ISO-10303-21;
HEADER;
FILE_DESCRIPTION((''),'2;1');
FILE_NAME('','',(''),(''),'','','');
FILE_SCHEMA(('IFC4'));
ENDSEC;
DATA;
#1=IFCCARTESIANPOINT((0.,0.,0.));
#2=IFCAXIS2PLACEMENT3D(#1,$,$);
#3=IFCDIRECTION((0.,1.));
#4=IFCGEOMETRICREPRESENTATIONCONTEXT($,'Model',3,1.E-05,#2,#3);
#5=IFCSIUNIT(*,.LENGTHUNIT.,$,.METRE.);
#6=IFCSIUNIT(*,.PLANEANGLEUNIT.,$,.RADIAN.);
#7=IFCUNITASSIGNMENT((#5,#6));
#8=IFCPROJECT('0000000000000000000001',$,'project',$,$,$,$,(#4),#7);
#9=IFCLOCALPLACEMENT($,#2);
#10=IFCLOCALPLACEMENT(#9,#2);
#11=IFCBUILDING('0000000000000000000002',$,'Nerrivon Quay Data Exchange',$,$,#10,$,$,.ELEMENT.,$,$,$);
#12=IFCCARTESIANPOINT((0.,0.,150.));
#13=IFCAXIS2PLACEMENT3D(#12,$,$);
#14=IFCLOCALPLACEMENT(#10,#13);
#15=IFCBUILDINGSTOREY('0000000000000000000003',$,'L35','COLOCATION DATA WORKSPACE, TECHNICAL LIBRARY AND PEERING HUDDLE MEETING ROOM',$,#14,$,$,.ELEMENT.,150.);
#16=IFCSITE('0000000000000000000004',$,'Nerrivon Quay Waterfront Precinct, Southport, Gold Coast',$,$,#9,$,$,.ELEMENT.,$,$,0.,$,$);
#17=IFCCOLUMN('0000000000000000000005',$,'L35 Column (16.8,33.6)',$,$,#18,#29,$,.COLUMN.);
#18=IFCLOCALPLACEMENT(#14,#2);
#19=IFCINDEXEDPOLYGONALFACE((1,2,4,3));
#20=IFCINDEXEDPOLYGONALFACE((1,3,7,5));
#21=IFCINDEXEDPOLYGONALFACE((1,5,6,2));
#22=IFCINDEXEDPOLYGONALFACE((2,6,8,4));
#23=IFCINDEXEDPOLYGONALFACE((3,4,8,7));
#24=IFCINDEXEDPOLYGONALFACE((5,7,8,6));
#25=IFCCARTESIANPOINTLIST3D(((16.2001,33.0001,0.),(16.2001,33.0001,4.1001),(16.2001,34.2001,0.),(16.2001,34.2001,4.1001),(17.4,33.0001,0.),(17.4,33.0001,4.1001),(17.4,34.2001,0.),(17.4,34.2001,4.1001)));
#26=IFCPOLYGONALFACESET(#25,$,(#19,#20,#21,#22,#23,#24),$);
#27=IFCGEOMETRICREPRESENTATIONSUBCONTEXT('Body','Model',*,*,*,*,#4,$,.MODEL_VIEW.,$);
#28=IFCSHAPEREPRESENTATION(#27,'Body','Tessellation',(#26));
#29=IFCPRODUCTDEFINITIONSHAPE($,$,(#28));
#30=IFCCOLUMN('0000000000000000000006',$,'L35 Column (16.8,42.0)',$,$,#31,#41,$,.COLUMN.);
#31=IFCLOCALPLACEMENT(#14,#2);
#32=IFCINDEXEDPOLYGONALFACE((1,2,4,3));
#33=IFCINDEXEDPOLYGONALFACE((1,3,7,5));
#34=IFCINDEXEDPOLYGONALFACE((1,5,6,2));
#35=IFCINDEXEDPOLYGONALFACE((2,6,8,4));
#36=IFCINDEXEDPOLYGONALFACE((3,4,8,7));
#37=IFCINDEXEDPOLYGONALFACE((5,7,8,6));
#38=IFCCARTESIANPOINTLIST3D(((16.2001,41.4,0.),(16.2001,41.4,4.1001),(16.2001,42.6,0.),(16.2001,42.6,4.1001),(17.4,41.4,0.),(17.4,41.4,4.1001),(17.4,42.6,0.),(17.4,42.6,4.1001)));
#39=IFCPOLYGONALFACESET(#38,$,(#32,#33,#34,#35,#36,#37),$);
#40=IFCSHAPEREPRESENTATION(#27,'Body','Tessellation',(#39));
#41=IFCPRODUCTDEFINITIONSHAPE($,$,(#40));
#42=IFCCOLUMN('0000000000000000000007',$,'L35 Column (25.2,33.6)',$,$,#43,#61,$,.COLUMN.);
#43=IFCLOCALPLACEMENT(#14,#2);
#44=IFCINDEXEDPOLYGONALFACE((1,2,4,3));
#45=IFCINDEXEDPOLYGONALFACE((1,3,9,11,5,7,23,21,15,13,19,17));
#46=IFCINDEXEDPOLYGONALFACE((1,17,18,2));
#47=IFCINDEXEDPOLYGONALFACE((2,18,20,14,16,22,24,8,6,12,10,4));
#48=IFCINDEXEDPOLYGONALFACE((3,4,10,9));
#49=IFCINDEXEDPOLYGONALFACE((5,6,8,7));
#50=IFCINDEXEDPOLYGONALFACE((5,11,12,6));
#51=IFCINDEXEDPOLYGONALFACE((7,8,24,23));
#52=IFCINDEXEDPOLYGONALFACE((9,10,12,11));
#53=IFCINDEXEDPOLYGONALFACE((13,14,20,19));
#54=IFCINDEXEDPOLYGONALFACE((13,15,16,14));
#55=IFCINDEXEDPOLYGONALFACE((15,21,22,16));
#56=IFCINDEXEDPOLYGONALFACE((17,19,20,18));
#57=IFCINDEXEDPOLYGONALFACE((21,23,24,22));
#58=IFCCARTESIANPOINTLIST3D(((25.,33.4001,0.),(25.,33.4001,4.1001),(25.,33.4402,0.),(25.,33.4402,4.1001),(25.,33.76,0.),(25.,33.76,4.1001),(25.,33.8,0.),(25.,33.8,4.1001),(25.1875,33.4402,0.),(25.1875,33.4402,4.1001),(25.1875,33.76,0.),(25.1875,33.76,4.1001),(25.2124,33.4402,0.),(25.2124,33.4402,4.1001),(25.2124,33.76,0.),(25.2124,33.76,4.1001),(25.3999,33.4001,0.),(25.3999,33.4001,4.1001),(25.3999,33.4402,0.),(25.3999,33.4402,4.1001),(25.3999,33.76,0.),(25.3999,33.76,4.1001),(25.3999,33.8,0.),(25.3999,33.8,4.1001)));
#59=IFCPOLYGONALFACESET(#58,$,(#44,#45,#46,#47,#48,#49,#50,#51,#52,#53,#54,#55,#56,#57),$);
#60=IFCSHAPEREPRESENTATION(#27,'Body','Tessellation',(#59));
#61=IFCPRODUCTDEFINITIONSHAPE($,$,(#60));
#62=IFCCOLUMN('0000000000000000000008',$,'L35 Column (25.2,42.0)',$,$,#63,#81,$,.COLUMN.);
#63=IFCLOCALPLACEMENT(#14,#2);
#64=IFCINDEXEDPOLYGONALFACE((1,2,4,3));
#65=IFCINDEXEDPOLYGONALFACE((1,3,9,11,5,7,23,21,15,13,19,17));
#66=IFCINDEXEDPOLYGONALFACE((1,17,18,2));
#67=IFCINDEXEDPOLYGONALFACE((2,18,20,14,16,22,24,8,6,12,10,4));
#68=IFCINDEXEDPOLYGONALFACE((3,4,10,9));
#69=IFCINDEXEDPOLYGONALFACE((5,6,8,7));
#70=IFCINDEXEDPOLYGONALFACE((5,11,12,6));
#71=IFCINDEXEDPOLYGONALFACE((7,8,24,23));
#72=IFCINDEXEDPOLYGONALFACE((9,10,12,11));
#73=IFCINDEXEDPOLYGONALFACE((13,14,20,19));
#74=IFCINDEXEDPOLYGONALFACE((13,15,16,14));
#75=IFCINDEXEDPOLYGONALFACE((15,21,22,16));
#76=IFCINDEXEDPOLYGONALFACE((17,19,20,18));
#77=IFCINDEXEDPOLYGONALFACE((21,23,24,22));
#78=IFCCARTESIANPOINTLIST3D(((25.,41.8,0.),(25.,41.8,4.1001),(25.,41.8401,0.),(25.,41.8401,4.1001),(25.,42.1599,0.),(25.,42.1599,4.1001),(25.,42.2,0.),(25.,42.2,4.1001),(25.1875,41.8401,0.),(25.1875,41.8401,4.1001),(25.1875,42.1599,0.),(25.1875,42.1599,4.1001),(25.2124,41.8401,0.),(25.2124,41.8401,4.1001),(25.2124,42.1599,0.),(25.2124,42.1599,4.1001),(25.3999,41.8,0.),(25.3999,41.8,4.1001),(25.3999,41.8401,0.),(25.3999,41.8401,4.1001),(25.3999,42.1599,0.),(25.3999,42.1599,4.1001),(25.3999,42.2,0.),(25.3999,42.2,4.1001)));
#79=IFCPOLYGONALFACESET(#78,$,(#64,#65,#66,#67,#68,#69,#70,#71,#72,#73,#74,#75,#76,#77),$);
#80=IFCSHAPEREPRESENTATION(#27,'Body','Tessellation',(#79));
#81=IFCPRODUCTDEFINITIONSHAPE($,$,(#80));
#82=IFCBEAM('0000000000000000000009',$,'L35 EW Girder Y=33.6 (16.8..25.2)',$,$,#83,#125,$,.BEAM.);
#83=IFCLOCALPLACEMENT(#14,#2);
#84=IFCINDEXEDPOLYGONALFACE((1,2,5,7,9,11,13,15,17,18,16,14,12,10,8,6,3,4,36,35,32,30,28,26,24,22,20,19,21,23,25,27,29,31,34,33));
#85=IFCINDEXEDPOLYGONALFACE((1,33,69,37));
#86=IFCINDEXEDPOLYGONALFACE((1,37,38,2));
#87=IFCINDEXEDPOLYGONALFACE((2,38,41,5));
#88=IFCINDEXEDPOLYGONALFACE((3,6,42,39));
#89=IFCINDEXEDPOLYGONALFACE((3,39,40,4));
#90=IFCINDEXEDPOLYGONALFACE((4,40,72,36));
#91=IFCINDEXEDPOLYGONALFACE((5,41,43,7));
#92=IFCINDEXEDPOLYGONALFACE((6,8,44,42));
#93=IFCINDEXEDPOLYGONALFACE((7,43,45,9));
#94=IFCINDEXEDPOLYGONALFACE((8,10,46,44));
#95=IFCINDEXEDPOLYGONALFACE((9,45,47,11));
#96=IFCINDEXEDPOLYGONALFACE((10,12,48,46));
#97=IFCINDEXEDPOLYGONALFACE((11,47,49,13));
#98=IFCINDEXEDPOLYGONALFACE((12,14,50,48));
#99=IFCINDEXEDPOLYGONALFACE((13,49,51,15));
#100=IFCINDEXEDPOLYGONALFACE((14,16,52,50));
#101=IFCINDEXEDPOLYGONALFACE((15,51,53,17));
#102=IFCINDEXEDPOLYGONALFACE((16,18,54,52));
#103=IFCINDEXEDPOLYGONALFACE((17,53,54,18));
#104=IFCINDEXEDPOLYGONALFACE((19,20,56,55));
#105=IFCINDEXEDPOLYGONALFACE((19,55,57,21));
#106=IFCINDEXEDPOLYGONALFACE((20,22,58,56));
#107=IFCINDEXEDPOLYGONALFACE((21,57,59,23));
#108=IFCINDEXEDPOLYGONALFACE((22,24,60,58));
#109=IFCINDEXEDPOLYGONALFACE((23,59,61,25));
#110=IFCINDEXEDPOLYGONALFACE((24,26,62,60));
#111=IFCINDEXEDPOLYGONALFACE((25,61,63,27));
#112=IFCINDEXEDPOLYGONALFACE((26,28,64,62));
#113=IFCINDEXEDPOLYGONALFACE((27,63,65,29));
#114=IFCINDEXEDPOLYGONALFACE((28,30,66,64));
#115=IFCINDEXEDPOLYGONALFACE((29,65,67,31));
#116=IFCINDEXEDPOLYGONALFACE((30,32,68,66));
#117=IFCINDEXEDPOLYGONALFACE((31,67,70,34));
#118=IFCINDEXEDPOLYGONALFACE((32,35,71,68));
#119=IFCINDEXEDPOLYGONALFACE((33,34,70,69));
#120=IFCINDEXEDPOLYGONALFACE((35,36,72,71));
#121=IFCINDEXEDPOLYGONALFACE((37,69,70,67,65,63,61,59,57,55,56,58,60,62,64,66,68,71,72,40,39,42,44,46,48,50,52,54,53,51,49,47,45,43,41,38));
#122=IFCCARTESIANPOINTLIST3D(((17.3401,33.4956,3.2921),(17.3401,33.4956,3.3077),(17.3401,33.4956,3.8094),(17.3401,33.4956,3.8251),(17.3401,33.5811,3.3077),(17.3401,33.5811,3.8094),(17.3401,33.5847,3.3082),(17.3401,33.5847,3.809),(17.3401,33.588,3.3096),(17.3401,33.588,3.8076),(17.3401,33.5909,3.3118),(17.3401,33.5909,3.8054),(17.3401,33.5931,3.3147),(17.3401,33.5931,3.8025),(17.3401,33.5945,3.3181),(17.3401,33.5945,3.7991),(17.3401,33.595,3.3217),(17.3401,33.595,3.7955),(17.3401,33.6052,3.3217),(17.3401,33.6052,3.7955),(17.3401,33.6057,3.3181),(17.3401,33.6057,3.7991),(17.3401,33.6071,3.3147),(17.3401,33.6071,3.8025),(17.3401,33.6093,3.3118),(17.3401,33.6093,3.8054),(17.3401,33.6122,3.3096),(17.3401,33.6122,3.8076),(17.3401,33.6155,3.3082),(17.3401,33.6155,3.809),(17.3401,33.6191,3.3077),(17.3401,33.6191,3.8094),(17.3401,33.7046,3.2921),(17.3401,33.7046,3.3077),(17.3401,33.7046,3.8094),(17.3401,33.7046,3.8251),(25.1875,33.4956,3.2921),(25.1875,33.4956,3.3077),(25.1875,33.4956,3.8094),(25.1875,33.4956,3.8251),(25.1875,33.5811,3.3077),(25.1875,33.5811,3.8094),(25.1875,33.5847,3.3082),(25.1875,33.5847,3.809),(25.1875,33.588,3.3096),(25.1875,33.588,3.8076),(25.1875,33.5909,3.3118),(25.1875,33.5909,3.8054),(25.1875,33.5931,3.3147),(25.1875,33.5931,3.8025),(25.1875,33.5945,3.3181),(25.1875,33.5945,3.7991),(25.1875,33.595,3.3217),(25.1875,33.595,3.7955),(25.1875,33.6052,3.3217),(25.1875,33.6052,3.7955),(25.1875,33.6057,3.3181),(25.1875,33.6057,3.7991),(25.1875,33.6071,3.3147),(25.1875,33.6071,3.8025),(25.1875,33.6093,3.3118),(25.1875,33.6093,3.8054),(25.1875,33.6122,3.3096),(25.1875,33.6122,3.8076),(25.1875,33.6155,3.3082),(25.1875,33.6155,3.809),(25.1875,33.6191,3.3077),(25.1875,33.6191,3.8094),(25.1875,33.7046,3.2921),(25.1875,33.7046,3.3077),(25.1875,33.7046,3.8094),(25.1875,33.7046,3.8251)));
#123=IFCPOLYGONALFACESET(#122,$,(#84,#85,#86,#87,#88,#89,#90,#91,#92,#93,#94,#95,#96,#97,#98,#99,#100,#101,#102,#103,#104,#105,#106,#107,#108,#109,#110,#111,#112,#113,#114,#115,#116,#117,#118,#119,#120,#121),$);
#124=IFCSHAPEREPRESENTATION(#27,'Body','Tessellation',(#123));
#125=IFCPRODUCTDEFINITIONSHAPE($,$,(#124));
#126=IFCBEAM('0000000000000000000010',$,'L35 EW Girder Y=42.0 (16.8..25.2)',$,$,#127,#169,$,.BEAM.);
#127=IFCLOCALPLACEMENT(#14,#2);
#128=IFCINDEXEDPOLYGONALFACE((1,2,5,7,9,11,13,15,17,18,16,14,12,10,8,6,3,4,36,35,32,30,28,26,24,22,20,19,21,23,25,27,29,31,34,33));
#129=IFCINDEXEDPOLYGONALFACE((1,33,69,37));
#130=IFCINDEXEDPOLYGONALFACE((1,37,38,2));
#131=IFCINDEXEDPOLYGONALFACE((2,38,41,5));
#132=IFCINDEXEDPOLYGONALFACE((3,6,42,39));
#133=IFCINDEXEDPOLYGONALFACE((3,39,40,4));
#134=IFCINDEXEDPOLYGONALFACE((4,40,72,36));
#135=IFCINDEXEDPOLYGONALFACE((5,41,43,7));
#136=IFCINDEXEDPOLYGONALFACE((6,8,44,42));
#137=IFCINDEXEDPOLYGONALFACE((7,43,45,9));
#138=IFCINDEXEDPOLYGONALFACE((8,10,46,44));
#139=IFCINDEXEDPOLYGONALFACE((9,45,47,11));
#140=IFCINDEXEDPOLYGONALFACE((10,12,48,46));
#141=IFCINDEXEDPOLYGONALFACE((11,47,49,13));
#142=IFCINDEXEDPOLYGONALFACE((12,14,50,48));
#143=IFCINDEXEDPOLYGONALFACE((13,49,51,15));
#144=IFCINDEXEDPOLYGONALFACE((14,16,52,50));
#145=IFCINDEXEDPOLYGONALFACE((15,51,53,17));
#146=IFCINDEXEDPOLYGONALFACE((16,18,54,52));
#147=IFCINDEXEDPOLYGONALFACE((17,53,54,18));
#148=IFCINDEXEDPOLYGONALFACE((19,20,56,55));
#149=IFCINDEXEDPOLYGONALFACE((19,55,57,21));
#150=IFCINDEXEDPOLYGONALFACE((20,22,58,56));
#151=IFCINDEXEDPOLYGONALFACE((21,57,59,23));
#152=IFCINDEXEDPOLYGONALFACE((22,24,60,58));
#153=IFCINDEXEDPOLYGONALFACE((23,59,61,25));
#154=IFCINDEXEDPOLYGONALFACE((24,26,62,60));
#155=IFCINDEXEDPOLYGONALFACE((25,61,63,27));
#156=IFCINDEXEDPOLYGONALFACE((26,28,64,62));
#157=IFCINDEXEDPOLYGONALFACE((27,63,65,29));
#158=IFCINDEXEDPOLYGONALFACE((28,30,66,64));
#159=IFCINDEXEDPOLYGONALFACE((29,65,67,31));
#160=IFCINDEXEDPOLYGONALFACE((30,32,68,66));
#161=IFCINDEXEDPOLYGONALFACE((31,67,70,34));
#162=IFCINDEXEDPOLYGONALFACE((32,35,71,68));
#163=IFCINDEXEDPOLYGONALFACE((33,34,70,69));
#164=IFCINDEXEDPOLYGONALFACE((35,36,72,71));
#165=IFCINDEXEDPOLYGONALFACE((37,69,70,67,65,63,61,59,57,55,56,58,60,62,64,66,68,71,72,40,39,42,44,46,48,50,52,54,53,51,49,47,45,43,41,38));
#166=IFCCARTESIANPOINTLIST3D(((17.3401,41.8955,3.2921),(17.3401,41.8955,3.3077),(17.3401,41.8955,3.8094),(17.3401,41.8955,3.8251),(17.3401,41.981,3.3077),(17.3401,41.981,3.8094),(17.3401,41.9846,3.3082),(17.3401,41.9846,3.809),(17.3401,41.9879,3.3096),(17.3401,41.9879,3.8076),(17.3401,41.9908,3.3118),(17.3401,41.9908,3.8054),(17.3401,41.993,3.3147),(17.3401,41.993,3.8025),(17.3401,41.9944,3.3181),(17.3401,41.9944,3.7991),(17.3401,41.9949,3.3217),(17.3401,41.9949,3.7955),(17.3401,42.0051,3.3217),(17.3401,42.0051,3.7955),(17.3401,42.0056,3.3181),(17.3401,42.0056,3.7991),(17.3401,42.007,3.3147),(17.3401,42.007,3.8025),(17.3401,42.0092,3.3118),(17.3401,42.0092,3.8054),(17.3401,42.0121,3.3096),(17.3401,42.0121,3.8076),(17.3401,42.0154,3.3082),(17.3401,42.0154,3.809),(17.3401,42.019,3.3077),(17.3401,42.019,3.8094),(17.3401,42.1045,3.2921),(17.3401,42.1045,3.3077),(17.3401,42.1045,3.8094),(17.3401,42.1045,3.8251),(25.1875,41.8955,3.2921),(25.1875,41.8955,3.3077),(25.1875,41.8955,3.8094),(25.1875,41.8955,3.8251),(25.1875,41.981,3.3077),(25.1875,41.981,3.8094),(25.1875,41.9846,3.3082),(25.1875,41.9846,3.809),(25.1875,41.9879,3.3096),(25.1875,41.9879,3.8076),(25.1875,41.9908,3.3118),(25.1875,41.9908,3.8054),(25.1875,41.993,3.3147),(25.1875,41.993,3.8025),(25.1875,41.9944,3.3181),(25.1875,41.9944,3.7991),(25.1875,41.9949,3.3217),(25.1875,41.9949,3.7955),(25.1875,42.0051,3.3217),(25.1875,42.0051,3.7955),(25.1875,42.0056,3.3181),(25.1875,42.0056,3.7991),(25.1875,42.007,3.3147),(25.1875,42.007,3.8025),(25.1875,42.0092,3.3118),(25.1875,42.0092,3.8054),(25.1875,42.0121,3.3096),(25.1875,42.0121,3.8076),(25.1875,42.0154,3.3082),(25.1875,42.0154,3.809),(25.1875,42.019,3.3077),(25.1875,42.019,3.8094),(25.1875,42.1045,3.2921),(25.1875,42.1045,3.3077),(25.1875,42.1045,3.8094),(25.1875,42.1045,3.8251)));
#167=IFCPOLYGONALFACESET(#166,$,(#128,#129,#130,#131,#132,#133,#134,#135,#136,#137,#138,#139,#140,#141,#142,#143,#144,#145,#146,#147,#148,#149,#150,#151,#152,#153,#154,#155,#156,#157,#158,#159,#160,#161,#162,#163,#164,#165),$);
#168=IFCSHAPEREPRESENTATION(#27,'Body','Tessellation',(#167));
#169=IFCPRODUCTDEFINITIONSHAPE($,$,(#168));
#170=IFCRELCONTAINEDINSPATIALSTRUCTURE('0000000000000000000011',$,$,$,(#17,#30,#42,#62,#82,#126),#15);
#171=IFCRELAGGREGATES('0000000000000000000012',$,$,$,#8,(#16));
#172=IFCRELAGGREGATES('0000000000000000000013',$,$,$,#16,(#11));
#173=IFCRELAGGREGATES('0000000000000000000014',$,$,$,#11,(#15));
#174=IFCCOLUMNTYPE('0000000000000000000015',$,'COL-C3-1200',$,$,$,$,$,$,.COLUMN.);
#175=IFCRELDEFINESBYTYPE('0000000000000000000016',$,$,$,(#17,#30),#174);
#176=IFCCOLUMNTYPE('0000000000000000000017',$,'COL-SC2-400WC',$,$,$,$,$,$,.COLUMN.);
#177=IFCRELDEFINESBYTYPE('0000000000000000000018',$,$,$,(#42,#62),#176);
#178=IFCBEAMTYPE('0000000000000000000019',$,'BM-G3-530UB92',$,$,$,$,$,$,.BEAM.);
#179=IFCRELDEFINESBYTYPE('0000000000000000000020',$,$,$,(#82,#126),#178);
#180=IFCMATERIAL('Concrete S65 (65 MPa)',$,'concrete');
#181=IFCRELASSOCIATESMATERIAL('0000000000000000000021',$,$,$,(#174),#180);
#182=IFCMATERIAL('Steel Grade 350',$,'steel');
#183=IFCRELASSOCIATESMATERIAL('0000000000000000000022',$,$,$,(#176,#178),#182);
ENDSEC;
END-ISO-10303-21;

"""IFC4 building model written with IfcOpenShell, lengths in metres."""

from ifc_helpers import new_model, si_unit, direction, frame, origin, origin_2d, place, context, subcontext, project, spatial, rectangle, i_section, extrude, material, material_profile, profile_set, type_object, element, save


model = new_model("IFC4")

# Units and contexts
model_context = context("Model", 3, precision=1e-05, world=origin(), true_north=direction((0.0, 1.0)))
body_context = subcontext(model_context, "Body", "Model", "MODEL_VIEW")
ifc_project = project(units=[si_unit("LENGTHUNIT", "METRE"), si_unit("PLANEANGLEUNIT", "RADIAN")], contexts=[model_context])

# Site, building, storey
site_placement = place(None, origin())
site = spatial("IfcSite", under=ifc_project, at=site_placement, Name="Nerrivon Quay Waterfront Precinct, Southport, Gold Coast", CompositionType="ELEMENT", RefElevation=0.0)
building_placement = place(site_placement, origin())
building = spatial("IfcBuilding", under=site, at=building_placement, Name="Nerrivon Quay Data Exchange", CompositionType="ELEMENT")
storey_placement = place(building_placement, frame((0.0, 0.0, 150.0)))
storey = spatial("IfcBuildingStorey", under=building, at=storey_placement, Name="L35", Description="COLOCATION DATA WORKSPACE, TECHNICAL LIBRARY AND PEERING HUDDLE MEETING ROOM", CompositionType="ELEMENT", Elevation=150.0)

# Columns
ifc_material_1 = material(Name="Concrete S65 (65 MPa)", Category="concrete")
ifc_material_profile_1 = material_profile(ifc_material_1, rectangle(XDim=1.2, YDim=1.2, at=origin_2d()), Name="RC-COL-1200x1200")
ifc_profile_set_1 = profile_set([ifc_material_profile_1], Name="Concrete S65 (65 MPa)")
column_type_1 = type_object("IfcColumnType", Name="COL-C3-1200", PredefinedType="COLUMN", material=ifc_profile_set_1)
for number, where, z_axis, x_axis, name in (
    (1, (16.8, 33.6001, 0.0), (0.0, 0.0, 1.0), (1.0, 0.0, 0.0), "L35 Column (16.8,33.6)"),
    (2, (16.8, 42.0, 0.0), (0.0, 0.0, 1.0), (1.0, 0.0, 0.0), "L35 Column (16.8,42.0)"),
):
    element("IfcColumn", number, at=place(storey_placement, frame(where, z_axis=z_axis, x_axis=x_axis)), inside=storey, type_object=column_type_1, Name=name, PredefinedType="COLUMN", context=body_context, shape_type="SweptSolid", body=[
        extrude(rectangle(XDim=1.2, YDim=1.2, at=origin_2d()), origin(), (0.0, 0.0, 1.0), 4.1001),
    ])
ifc_material_2 = material(Name="Steel Grade 350", Category="steel")
ifc_material_profile_2 = material_profile(ifc_material_2, i_section(OverallWidth=0.3999, OverallDepth=0.3999, WebThickness=0.0249, FlangeThickness=0.04, at=origin_2d()), Name="400WC328")
ifc_profile_set_2 = profile_set([ifc_material_profile_2], Name="Steel Grade 350")
column_type_2 = type_object("IfcColumnType", Name="COL-SC2-400WC", PredefinedType="COLUMN", material=ifc_profile_set_2)
for number, where, z_axis, x_axis, name in (
    (3, (25.2, 33.6001, 0.0), (0.0, 0.0, 1.0), (1.0, 0.0, 0.0), "L35 Column (25.2,33.6)"),
    (4, (25.2, 42.0, 0.0), (0.0, 0.0, 1.0), (1.0, 0.0, 0.0), "L35 Column (25.2,42.0)"),
):
    element("IfcColumn", number, at=place(storey_placement, frame(where, z_axis=z_axis, x_axis=x_axis)), inside=storey, type_object=column_type_2, Name=name, PredefinedType="COLUMN", context=body_context, shape_type="SweptSolid", body=[
        extrude(i_section(OverallWidth=0.3999, OverallDepth=0.3999, WebThickness=0.0249, FlangeThickness=0.04, at=origin_2d()), origin(), (0.0, 0.0, 1.0), 4.1001),
    ])

# Beams
ifc_material_profile_3 = material_profile(ifc_material_2, i_section(OverallWidth=0.209, OverallDepth=0.533, WebThickness=0.0103, FlangeThickness=0.0156, FilletRadius=0.0139, at=origin_2d()), Name="530UB92.4")
ifc_profile_set_3 = profile_set([ifc_material_profile_3], Name="Steel Grade 350")
beam_type_1 = type_object("IfcBeamType", Name="BM-G3-530UB92", PredefinedType="BEAM", material=ifc_profile_set_3)
for number, where, z_axis, x_axis, name in (
    (5, (17.3401, 33.6001, 3.5586), (1.0, 0.0, 0.0), (0.0, 1.0, 0.0), "L35 EW Girder Y=33.6 (16.8..25.2)"),
    (6, (17.3401, 42.0, 3.5586), (1.0, 0.0, 0.0), (0.0, 1.0, 0.0), "L35 EW Girder Y=42.0 (16.8..25.2)"),
):
    element("IfcBeam", number, at=place(storey_placement, frame(where, z_axis=z_axis, x_axis=x_axis)), inside=storey, type_object=beam_type_1, Name=name, PredefinedType="BEAM", context=body_context, shape_type="SweptSolid", body=[
        extrude(i_section(OverallWidth=0.209, OverallDepth=0.533, WebThickness=0.0103, FlangeThickness=0.0156, FilletRadius=0.0139, at=origin_2d()), origin(), (0.0, 0.0, 1.0), 7.8474),
    ])

save(model, "model.ifc")
